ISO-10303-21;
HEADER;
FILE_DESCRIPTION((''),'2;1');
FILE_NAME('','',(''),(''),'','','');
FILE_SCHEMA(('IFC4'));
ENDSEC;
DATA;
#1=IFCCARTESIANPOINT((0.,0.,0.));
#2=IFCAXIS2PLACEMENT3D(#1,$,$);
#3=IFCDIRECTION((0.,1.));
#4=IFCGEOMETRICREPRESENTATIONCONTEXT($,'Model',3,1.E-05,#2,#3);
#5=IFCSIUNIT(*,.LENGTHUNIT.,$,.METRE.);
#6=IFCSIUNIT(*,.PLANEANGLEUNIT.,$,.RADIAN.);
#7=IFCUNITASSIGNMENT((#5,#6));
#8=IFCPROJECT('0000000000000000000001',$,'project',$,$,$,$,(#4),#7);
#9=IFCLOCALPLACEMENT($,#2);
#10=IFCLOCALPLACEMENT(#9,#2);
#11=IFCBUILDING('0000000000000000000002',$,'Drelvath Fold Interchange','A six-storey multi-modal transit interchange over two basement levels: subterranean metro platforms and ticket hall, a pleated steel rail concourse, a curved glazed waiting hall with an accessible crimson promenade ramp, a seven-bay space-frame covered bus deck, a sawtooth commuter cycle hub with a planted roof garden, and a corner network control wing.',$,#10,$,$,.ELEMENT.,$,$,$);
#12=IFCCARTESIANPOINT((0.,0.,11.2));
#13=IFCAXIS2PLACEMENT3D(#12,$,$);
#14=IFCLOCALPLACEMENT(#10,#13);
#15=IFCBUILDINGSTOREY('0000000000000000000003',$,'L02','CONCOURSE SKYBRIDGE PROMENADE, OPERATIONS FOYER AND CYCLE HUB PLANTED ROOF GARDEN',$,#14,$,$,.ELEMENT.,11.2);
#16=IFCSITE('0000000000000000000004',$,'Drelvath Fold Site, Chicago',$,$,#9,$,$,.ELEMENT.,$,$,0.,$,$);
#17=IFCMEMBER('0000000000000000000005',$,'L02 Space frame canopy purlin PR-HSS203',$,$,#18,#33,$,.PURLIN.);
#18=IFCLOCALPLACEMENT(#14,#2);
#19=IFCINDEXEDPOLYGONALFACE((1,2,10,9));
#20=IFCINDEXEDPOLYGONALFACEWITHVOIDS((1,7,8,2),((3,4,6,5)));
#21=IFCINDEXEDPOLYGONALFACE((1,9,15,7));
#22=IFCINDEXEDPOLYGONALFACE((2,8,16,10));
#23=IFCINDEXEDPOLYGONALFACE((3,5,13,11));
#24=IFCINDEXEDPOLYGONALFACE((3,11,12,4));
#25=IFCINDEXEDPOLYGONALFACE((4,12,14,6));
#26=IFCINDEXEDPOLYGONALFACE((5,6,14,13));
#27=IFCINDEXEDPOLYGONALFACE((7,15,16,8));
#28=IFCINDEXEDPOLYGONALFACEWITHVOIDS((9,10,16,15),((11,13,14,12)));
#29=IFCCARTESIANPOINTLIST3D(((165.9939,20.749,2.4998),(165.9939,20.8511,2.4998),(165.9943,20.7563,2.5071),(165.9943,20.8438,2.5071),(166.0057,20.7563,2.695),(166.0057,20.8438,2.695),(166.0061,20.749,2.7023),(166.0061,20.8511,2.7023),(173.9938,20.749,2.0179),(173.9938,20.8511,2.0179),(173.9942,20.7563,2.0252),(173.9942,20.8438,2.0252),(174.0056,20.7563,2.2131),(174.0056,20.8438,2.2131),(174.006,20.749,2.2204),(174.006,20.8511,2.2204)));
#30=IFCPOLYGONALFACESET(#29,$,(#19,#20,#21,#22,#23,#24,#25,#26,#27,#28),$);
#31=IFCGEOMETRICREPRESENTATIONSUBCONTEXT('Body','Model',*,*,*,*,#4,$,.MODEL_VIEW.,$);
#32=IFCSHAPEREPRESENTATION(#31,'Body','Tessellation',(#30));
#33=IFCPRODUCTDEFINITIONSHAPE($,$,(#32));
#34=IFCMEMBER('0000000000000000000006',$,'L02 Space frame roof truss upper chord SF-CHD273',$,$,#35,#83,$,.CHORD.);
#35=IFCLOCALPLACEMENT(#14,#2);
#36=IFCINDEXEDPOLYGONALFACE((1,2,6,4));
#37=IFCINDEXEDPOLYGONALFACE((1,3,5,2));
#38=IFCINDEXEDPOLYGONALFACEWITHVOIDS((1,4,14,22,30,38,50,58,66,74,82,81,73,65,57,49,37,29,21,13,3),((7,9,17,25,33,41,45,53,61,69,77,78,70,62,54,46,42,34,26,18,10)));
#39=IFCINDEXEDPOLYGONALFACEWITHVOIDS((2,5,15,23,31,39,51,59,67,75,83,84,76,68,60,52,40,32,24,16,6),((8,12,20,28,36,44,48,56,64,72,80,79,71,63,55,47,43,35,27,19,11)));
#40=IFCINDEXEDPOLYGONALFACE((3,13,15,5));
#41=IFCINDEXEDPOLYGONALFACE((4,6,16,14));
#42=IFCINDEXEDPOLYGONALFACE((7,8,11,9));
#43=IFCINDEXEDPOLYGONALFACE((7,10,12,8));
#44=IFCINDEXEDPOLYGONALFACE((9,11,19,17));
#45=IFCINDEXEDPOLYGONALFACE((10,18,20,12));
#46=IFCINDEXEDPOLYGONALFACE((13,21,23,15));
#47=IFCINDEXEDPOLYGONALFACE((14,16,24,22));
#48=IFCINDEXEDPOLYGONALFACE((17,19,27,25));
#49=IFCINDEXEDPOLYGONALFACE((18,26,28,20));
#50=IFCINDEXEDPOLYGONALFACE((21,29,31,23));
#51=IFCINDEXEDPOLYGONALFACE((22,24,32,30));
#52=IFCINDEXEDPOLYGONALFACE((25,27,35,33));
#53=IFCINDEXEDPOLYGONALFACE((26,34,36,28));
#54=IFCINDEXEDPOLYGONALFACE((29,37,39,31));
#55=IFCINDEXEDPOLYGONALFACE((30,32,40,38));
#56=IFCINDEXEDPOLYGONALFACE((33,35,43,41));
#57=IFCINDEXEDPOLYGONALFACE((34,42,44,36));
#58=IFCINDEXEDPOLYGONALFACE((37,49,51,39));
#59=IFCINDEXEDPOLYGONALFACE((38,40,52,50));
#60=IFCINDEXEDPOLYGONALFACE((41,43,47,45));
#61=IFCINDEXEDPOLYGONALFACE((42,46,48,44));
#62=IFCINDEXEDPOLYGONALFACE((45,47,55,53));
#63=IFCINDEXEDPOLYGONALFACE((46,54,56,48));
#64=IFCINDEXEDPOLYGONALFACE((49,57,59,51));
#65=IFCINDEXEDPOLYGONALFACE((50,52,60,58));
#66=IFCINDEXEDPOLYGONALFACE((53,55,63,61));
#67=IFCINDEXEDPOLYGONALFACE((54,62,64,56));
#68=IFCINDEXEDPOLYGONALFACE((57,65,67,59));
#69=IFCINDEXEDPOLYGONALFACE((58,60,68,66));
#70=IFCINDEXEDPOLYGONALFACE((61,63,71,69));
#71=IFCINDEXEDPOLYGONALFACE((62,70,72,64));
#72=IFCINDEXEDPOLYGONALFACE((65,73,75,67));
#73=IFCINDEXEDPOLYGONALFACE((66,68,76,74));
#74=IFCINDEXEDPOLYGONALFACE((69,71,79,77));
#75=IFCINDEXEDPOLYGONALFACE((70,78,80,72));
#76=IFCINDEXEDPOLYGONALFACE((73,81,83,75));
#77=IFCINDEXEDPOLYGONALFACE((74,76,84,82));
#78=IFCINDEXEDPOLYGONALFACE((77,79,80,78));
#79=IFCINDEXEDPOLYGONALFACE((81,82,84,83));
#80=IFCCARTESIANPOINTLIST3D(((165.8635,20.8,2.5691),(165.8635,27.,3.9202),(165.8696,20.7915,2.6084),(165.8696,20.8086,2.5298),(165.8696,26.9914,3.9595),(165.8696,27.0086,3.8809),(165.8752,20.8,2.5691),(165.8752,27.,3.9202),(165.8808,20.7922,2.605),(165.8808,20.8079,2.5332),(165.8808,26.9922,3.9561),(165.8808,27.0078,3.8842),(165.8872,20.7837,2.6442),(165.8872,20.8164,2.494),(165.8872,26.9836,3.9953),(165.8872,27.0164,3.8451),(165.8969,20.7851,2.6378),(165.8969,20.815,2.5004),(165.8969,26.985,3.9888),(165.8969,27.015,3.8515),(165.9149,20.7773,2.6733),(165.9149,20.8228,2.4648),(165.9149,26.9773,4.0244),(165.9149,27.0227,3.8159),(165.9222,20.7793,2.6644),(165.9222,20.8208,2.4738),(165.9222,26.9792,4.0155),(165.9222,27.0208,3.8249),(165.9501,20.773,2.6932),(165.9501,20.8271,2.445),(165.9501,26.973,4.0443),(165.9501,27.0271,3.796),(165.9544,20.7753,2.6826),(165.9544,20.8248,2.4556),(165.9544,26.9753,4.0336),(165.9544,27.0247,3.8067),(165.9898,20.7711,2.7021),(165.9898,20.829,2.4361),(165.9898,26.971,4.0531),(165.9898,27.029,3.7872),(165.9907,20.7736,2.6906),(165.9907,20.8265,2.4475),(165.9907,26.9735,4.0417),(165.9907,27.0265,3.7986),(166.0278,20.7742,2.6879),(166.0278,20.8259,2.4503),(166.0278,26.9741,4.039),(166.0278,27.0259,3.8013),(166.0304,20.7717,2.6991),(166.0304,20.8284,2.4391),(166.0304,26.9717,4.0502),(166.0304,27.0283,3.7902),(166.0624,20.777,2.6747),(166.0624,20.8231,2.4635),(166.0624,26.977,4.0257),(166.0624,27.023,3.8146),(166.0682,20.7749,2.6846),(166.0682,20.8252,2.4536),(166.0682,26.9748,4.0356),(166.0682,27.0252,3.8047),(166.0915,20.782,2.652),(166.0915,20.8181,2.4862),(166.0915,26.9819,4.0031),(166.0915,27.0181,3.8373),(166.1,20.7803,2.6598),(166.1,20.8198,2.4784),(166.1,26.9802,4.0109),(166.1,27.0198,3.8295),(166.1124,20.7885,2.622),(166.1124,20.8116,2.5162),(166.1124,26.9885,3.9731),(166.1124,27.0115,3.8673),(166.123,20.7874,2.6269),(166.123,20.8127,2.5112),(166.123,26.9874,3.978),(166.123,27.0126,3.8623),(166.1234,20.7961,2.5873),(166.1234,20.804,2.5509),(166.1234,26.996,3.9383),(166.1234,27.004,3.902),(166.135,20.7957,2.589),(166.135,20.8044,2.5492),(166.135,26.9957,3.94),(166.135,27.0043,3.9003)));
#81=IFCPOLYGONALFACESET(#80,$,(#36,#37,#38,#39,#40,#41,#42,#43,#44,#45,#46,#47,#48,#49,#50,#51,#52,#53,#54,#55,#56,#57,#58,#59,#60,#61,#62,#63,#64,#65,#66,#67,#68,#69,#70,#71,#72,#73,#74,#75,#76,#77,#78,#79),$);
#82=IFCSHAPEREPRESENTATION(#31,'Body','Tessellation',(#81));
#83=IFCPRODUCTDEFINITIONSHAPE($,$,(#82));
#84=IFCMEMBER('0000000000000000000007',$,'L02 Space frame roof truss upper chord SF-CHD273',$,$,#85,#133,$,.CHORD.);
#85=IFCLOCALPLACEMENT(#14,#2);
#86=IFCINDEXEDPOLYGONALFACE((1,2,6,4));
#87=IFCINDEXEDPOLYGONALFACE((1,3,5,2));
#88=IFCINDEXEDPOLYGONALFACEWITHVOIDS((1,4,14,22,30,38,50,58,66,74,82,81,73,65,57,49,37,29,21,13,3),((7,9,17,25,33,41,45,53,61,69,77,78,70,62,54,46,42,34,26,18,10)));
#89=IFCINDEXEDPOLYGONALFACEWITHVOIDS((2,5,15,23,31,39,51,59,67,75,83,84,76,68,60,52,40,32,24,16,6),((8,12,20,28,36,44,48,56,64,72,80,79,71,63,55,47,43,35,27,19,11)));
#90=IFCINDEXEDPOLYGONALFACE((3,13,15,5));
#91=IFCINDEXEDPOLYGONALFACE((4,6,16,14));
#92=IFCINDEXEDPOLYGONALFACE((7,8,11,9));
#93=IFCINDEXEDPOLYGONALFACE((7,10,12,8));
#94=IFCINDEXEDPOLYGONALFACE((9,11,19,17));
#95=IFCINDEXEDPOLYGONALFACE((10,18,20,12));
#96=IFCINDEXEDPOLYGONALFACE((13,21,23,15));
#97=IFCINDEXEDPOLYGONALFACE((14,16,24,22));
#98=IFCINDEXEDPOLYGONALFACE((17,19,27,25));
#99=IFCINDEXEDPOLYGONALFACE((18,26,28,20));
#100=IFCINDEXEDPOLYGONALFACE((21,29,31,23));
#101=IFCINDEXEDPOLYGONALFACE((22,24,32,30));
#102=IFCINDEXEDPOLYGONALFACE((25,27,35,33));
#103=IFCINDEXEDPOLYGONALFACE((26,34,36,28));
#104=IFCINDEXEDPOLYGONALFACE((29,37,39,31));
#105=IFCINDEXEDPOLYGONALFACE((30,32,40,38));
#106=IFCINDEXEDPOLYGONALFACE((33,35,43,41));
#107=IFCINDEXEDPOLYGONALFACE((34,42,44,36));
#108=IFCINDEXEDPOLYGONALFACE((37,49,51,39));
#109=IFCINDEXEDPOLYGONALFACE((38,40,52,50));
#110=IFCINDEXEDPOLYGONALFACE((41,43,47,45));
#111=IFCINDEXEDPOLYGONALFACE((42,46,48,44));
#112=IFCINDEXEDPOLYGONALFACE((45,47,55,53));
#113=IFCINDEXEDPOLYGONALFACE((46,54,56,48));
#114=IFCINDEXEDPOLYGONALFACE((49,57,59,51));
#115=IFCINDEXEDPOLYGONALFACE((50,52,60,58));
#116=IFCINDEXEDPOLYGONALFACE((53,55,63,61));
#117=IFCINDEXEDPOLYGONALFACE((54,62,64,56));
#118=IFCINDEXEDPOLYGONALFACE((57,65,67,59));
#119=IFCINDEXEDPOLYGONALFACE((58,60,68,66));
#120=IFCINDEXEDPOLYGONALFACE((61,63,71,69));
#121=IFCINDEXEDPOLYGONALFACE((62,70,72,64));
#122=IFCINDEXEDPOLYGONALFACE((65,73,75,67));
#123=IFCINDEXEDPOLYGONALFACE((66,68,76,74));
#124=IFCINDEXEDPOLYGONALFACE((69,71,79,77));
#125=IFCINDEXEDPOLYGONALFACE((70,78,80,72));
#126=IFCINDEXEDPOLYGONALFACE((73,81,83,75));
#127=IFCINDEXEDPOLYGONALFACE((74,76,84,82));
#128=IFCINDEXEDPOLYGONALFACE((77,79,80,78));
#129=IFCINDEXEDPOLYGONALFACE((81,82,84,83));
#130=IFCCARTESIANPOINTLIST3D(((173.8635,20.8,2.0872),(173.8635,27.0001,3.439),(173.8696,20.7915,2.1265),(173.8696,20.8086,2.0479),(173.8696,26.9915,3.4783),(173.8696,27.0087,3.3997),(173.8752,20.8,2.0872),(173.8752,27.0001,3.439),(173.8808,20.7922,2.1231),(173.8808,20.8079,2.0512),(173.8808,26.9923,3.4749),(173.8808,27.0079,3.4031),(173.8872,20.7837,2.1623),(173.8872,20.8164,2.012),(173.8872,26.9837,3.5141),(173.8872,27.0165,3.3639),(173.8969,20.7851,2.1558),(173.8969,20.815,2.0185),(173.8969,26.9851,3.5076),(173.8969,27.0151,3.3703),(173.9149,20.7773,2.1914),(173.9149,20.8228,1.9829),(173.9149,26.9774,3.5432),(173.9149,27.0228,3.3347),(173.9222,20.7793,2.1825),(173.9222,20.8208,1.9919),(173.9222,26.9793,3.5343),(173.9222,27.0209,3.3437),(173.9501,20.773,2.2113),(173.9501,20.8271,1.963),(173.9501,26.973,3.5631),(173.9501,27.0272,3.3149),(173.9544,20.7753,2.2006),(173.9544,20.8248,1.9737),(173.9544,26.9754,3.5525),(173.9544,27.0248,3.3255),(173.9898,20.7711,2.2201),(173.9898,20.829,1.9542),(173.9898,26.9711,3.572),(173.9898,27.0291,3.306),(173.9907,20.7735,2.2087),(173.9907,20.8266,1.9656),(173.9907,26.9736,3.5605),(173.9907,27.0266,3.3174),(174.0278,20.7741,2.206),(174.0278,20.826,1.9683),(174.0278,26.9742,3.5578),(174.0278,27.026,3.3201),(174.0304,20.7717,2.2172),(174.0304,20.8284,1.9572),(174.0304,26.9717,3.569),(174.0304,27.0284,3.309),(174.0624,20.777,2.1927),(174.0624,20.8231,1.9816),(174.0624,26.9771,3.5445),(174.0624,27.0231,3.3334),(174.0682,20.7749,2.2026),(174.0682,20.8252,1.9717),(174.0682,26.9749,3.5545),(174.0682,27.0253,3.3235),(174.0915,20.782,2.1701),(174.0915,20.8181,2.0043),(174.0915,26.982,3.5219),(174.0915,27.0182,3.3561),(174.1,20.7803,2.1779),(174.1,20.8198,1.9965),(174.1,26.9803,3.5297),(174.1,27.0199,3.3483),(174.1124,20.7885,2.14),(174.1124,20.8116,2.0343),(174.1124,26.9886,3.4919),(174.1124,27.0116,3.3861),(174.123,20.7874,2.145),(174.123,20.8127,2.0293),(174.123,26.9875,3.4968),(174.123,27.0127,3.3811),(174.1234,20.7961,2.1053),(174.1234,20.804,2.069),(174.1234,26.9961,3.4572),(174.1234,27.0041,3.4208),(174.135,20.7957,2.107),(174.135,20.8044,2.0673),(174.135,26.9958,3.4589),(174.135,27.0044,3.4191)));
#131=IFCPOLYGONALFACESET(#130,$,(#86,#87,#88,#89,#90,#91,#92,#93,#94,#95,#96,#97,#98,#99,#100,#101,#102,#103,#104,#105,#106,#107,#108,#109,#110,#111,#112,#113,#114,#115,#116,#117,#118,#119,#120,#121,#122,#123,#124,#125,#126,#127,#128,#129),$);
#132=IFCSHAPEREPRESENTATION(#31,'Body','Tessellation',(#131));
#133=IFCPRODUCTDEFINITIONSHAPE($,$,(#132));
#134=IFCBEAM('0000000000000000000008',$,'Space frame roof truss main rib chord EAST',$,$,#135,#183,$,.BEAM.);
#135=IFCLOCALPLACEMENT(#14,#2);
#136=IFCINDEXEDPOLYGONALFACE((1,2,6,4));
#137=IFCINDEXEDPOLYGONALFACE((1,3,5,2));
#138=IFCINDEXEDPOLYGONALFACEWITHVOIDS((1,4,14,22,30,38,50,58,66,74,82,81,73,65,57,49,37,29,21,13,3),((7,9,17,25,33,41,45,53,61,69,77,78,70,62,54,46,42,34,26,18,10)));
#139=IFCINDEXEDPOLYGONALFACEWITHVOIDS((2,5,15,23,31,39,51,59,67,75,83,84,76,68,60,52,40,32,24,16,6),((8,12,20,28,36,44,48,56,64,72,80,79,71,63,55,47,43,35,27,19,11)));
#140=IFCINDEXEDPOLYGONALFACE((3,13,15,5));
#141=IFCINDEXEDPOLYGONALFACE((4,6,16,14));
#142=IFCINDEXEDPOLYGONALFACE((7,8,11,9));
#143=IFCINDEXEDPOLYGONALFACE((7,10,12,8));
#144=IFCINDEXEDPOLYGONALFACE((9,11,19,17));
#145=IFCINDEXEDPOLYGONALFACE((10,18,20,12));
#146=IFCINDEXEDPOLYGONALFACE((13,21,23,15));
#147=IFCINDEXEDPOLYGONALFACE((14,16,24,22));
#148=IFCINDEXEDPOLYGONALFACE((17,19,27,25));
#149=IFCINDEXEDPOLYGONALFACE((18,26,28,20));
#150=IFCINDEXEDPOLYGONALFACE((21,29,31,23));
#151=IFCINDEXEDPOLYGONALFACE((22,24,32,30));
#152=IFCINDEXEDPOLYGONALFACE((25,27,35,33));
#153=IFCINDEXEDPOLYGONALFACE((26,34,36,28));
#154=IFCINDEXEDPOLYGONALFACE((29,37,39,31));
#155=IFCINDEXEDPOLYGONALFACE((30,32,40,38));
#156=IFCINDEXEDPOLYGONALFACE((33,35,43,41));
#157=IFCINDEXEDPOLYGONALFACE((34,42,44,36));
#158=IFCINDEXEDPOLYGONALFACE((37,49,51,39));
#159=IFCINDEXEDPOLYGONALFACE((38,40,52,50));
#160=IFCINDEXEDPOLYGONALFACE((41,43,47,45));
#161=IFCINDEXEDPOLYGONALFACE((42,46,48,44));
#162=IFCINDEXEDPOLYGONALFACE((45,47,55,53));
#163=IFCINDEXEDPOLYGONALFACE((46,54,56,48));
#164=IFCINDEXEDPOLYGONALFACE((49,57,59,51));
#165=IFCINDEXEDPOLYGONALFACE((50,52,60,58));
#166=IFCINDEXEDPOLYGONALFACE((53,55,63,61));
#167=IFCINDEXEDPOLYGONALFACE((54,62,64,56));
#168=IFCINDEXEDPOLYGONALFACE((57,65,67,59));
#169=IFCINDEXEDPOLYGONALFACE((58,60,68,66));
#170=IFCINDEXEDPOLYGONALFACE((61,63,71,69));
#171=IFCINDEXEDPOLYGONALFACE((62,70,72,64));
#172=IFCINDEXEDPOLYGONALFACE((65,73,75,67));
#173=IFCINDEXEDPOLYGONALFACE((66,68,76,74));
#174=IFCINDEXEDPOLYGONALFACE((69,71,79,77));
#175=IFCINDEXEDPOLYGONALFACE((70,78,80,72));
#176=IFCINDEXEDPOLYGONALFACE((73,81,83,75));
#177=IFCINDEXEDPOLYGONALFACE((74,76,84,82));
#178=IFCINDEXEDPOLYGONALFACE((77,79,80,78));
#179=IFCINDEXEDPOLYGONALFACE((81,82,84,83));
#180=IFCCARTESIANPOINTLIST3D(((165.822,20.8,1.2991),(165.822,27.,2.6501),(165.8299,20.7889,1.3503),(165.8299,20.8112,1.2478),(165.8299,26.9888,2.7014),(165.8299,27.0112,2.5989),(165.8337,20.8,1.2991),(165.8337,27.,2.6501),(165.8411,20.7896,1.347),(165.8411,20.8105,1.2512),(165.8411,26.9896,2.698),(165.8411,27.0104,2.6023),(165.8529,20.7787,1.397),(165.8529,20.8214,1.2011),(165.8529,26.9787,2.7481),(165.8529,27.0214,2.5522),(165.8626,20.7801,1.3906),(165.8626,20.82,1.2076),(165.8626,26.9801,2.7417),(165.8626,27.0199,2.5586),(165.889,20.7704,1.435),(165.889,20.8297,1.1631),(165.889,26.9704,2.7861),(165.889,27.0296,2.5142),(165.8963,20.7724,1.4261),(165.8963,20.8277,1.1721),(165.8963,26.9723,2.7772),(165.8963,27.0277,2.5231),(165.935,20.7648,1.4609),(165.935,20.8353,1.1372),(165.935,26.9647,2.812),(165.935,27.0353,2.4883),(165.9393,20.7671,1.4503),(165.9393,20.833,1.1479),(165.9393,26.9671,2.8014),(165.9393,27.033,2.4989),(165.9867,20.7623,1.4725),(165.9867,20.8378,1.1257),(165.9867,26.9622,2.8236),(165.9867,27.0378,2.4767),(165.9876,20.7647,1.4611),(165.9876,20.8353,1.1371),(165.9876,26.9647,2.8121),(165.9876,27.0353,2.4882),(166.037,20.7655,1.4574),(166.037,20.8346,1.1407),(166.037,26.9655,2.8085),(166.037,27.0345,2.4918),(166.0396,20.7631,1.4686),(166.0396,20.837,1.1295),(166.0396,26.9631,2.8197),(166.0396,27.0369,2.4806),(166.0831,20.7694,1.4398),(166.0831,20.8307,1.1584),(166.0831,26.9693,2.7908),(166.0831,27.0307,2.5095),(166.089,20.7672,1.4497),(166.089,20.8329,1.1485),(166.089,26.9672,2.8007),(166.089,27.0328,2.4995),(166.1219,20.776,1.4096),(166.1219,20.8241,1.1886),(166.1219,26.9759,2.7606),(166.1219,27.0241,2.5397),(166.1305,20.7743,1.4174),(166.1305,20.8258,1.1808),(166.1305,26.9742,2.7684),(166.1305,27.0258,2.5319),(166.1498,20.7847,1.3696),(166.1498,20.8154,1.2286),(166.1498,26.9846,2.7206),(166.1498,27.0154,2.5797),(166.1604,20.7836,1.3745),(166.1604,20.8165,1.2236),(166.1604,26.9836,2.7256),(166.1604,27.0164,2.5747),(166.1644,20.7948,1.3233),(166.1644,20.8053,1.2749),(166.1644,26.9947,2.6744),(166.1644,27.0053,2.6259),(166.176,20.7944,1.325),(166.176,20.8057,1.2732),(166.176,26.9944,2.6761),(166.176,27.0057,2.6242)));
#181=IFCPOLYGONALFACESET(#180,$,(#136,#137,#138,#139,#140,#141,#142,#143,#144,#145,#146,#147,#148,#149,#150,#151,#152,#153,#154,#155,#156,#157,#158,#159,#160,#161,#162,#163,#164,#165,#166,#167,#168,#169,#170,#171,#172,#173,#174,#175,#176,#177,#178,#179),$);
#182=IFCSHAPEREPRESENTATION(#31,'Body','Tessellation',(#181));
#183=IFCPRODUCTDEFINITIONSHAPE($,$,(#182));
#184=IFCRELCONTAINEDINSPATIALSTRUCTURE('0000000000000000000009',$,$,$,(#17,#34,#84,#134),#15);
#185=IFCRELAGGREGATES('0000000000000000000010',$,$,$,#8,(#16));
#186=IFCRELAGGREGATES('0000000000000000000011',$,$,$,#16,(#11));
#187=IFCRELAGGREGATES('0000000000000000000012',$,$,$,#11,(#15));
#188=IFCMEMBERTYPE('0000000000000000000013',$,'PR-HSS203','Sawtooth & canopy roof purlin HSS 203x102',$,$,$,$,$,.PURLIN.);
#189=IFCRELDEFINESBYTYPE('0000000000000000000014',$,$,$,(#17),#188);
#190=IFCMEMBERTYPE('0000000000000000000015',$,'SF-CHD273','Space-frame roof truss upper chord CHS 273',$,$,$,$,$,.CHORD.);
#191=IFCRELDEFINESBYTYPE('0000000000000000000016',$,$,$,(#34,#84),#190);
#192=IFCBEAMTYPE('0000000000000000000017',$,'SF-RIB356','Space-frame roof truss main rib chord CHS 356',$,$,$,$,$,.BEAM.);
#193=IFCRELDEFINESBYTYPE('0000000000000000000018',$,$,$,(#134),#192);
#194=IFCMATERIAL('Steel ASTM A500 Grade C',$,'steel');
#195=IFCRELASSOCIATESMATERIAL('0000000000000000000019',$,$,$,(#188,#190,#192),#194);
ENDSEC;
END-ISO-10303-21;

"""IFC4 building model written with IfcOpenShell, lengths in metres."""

from ifc_helpers import new_model, si_unit, direction, frame, origin, origin_2d, place, context, subcontext, project, spatial, hollow_rectangle, hollow_circle, extrude, material, material_profile, profile_set, type_object, element, save


model = new_model("IFC4")

# Units and contexts
model_context = context("Model", 3, precision=1e-05, world=origin(), true_north=direction((0.0, 1.0)))
body_context = subcontext(model_context, "Body", "Model", "MODEL_VIEW")
ifc_project = project(units=[si_unit("LENGTHUNIT", "METRE"), si_unit("PLANEANGLEUNIT", "RADIAN")], contexts=[model_context])

# Site, building, storey
site_placement = place(None, origin())
site = spatial("IfcSite", under=ifc_project, at=site_placement, Name="Drelvath Fold Site, Chicago", CompositionType="ELEMENT", RefElevation=0.0)
building_placement = place(site_placement, origin())
building = spatial("IfcBuilding", under=site, at=building_placement, Name="Drelvath Fold Interchange", Description="A six-storey multi-modal transit interchange over two basement levels: subterranean metro platforms and ticket hall, a pleated steel rail concourse, a curved glazed waiting hall with an accessible crimson promenade ramp, a seven-bay space-frame covered bus deck, a sawtooth commuter cycle hub with a planted roof garden, and a corner network control wing.", CompositionType="ELEMENT")
storey_placement = place(building_placement, frame((0.0, 0.0, 11.2)))
storey = spatial("IfcBuildingStorey", under=building, at=storey_placement, Name="L02", Description="CONCOURSE SKYBRIDGE PROMENADE, OPERATIONS FOYER AND CYCLE HUB PLANTED ROOF GARDEN", CompositionType="ELEMENT", Elevation=11.2)

# Members
ifc_material_1 = material(Name="Steel ASTM A500 Grade C", Category="steel")
ifc_material_profile_1 = material_profile(ifc_material_1, hollow_rectangle(XDim=0.1021, YDim=0.2029, WallThickness=0.0073, at=origin_2d()), Name="HSS8X4X5/16")
ifc_profile_set_1 = profile_set([ifc_material_profile_1], Name="Steel ASTM A500 Grade C")
member_type_1 = type_object("IfcMemberType", Name="PR-HSS203", Description="Sawtooth & canopy roof purlin HSS 203x102", PredefinedType="PURLIN", material=ifc_profile_set_1)
member_1_placement = place(storey_placement, frame((166.0, 20.8, 2.6011), z_axis=(0.99819, 0.0, -0.060133), x_axis=(0.0, 1.0, 0.0)))
element("IfcMember", 1, at=member_1_placement, inside=storey, type_object=member_type_1, Name="L02 Space frame canopy purlin PR-HSS203", PredefinedType="PURLIN", context=body_context, shape_type="SweptSolid", body=[
    extrude(hollow_rectangle(XDim=0.1021, YDim=0.2029, WallThickness=0.0073, at=origin_2d()), origin(), (0.0, 0.0, 1.0), 8.0144),
])
ifc_material_profile_2 = material_profile(ifc_material_1, hollow_circle(Radius=0.1365, WallThickness=0.0117, at=origin_2d()), Name="HSS10.750X0.500")
ifc_profile_set_2 = profile_set([ifc_material_profile_2], Name="Steel ASTM A500 Grade C")
member_type_2 = type_object("IfcMemberType", Name="SF-CHD273", Description="Space-frame roof truss upper chord CHS 273", PredefinedType="CHORD", material=ifc_profile_set_2)
member_2_placement = place(storey_placement, frame((166.0, 20.8, 2.5691), z_axis=(0.0, 0.97707, 0.21292), x_axis=(-1.0, 0.0, 0.0)))
element("IfcMember", 2, at=member_2_placement, inside=storey, type_object=member_type_2, Name="L02 Space frame roof truss upper chord SF-CHD273", PredefinedType="CHORD", context=body_context, shape_type="SweptSolid", body=[
    extrude(hollow_circle(Radius=0.1365, WallThickness=0.0117, at=origin_2d()), origin(), (0.0, 0.0, 1.0), 6.3455),
])
member_3_placement = place(storey_placement, frame((174.0, 20.8, 2.0872), z_axis=(0.0, 0.977046, 0.21303), x_axis=(-1.0, 0.0, 0.0)))
element("IfcMember", 3, at=member_3_placement, inside=storey, type_object=member_type_2, Name="L02 Space frame roof truss upper chord SF-CHD273", PredefinedType="CHORD", context=body_context, shape_type="SweptSolid", body=[
    extrude(hollow_circle(Radius=0.1365, WallThickness=0.0117, at=origin_2d()), origin(), (0.0, 0.0, 1.0), 6.3457),
])

# Beam
ifc_material_profile_3 = material_profile(ifc_material_1, hollow_circle(Radius=0.178, WallThickness=0.0117, at=origin_2d()), Name="HSS14.000X0.500")
ifc_profile_set_3 = profile_set([ifc_material_profile_3], Name="Steel ASTM A500 Grade C")
beam_type = type_object("IfcBeamType", Name="SF-RIB356", Description="Space-frame roof truss main rib chord CHS 356", PredefinedType="BEAM", material=ifc_profile_set_3)
beam_1_placement = place(storey_placement, frame((166.0, 20.8, 1.2991), z_axis=(0.0, 0.97707, 0.21292), x_axis=(-1.0, 0.0, 0.0)))
element("IfcBeam", 4, at=beam_1_placement, inside=storey, type_object=beam_type, Name="Space frame roof truss main rib chord EAST", PredefinedType="BEAM", context=body_context, shape_type="SweptSolid", body=[
    extrude(hollow_circle(Radius=0.178, WallThickness=0.0117, at=origin_2d()), origin(), (0.0, 0.0, 1.0), 6.3455),
])

save(model, "model.ifc")
